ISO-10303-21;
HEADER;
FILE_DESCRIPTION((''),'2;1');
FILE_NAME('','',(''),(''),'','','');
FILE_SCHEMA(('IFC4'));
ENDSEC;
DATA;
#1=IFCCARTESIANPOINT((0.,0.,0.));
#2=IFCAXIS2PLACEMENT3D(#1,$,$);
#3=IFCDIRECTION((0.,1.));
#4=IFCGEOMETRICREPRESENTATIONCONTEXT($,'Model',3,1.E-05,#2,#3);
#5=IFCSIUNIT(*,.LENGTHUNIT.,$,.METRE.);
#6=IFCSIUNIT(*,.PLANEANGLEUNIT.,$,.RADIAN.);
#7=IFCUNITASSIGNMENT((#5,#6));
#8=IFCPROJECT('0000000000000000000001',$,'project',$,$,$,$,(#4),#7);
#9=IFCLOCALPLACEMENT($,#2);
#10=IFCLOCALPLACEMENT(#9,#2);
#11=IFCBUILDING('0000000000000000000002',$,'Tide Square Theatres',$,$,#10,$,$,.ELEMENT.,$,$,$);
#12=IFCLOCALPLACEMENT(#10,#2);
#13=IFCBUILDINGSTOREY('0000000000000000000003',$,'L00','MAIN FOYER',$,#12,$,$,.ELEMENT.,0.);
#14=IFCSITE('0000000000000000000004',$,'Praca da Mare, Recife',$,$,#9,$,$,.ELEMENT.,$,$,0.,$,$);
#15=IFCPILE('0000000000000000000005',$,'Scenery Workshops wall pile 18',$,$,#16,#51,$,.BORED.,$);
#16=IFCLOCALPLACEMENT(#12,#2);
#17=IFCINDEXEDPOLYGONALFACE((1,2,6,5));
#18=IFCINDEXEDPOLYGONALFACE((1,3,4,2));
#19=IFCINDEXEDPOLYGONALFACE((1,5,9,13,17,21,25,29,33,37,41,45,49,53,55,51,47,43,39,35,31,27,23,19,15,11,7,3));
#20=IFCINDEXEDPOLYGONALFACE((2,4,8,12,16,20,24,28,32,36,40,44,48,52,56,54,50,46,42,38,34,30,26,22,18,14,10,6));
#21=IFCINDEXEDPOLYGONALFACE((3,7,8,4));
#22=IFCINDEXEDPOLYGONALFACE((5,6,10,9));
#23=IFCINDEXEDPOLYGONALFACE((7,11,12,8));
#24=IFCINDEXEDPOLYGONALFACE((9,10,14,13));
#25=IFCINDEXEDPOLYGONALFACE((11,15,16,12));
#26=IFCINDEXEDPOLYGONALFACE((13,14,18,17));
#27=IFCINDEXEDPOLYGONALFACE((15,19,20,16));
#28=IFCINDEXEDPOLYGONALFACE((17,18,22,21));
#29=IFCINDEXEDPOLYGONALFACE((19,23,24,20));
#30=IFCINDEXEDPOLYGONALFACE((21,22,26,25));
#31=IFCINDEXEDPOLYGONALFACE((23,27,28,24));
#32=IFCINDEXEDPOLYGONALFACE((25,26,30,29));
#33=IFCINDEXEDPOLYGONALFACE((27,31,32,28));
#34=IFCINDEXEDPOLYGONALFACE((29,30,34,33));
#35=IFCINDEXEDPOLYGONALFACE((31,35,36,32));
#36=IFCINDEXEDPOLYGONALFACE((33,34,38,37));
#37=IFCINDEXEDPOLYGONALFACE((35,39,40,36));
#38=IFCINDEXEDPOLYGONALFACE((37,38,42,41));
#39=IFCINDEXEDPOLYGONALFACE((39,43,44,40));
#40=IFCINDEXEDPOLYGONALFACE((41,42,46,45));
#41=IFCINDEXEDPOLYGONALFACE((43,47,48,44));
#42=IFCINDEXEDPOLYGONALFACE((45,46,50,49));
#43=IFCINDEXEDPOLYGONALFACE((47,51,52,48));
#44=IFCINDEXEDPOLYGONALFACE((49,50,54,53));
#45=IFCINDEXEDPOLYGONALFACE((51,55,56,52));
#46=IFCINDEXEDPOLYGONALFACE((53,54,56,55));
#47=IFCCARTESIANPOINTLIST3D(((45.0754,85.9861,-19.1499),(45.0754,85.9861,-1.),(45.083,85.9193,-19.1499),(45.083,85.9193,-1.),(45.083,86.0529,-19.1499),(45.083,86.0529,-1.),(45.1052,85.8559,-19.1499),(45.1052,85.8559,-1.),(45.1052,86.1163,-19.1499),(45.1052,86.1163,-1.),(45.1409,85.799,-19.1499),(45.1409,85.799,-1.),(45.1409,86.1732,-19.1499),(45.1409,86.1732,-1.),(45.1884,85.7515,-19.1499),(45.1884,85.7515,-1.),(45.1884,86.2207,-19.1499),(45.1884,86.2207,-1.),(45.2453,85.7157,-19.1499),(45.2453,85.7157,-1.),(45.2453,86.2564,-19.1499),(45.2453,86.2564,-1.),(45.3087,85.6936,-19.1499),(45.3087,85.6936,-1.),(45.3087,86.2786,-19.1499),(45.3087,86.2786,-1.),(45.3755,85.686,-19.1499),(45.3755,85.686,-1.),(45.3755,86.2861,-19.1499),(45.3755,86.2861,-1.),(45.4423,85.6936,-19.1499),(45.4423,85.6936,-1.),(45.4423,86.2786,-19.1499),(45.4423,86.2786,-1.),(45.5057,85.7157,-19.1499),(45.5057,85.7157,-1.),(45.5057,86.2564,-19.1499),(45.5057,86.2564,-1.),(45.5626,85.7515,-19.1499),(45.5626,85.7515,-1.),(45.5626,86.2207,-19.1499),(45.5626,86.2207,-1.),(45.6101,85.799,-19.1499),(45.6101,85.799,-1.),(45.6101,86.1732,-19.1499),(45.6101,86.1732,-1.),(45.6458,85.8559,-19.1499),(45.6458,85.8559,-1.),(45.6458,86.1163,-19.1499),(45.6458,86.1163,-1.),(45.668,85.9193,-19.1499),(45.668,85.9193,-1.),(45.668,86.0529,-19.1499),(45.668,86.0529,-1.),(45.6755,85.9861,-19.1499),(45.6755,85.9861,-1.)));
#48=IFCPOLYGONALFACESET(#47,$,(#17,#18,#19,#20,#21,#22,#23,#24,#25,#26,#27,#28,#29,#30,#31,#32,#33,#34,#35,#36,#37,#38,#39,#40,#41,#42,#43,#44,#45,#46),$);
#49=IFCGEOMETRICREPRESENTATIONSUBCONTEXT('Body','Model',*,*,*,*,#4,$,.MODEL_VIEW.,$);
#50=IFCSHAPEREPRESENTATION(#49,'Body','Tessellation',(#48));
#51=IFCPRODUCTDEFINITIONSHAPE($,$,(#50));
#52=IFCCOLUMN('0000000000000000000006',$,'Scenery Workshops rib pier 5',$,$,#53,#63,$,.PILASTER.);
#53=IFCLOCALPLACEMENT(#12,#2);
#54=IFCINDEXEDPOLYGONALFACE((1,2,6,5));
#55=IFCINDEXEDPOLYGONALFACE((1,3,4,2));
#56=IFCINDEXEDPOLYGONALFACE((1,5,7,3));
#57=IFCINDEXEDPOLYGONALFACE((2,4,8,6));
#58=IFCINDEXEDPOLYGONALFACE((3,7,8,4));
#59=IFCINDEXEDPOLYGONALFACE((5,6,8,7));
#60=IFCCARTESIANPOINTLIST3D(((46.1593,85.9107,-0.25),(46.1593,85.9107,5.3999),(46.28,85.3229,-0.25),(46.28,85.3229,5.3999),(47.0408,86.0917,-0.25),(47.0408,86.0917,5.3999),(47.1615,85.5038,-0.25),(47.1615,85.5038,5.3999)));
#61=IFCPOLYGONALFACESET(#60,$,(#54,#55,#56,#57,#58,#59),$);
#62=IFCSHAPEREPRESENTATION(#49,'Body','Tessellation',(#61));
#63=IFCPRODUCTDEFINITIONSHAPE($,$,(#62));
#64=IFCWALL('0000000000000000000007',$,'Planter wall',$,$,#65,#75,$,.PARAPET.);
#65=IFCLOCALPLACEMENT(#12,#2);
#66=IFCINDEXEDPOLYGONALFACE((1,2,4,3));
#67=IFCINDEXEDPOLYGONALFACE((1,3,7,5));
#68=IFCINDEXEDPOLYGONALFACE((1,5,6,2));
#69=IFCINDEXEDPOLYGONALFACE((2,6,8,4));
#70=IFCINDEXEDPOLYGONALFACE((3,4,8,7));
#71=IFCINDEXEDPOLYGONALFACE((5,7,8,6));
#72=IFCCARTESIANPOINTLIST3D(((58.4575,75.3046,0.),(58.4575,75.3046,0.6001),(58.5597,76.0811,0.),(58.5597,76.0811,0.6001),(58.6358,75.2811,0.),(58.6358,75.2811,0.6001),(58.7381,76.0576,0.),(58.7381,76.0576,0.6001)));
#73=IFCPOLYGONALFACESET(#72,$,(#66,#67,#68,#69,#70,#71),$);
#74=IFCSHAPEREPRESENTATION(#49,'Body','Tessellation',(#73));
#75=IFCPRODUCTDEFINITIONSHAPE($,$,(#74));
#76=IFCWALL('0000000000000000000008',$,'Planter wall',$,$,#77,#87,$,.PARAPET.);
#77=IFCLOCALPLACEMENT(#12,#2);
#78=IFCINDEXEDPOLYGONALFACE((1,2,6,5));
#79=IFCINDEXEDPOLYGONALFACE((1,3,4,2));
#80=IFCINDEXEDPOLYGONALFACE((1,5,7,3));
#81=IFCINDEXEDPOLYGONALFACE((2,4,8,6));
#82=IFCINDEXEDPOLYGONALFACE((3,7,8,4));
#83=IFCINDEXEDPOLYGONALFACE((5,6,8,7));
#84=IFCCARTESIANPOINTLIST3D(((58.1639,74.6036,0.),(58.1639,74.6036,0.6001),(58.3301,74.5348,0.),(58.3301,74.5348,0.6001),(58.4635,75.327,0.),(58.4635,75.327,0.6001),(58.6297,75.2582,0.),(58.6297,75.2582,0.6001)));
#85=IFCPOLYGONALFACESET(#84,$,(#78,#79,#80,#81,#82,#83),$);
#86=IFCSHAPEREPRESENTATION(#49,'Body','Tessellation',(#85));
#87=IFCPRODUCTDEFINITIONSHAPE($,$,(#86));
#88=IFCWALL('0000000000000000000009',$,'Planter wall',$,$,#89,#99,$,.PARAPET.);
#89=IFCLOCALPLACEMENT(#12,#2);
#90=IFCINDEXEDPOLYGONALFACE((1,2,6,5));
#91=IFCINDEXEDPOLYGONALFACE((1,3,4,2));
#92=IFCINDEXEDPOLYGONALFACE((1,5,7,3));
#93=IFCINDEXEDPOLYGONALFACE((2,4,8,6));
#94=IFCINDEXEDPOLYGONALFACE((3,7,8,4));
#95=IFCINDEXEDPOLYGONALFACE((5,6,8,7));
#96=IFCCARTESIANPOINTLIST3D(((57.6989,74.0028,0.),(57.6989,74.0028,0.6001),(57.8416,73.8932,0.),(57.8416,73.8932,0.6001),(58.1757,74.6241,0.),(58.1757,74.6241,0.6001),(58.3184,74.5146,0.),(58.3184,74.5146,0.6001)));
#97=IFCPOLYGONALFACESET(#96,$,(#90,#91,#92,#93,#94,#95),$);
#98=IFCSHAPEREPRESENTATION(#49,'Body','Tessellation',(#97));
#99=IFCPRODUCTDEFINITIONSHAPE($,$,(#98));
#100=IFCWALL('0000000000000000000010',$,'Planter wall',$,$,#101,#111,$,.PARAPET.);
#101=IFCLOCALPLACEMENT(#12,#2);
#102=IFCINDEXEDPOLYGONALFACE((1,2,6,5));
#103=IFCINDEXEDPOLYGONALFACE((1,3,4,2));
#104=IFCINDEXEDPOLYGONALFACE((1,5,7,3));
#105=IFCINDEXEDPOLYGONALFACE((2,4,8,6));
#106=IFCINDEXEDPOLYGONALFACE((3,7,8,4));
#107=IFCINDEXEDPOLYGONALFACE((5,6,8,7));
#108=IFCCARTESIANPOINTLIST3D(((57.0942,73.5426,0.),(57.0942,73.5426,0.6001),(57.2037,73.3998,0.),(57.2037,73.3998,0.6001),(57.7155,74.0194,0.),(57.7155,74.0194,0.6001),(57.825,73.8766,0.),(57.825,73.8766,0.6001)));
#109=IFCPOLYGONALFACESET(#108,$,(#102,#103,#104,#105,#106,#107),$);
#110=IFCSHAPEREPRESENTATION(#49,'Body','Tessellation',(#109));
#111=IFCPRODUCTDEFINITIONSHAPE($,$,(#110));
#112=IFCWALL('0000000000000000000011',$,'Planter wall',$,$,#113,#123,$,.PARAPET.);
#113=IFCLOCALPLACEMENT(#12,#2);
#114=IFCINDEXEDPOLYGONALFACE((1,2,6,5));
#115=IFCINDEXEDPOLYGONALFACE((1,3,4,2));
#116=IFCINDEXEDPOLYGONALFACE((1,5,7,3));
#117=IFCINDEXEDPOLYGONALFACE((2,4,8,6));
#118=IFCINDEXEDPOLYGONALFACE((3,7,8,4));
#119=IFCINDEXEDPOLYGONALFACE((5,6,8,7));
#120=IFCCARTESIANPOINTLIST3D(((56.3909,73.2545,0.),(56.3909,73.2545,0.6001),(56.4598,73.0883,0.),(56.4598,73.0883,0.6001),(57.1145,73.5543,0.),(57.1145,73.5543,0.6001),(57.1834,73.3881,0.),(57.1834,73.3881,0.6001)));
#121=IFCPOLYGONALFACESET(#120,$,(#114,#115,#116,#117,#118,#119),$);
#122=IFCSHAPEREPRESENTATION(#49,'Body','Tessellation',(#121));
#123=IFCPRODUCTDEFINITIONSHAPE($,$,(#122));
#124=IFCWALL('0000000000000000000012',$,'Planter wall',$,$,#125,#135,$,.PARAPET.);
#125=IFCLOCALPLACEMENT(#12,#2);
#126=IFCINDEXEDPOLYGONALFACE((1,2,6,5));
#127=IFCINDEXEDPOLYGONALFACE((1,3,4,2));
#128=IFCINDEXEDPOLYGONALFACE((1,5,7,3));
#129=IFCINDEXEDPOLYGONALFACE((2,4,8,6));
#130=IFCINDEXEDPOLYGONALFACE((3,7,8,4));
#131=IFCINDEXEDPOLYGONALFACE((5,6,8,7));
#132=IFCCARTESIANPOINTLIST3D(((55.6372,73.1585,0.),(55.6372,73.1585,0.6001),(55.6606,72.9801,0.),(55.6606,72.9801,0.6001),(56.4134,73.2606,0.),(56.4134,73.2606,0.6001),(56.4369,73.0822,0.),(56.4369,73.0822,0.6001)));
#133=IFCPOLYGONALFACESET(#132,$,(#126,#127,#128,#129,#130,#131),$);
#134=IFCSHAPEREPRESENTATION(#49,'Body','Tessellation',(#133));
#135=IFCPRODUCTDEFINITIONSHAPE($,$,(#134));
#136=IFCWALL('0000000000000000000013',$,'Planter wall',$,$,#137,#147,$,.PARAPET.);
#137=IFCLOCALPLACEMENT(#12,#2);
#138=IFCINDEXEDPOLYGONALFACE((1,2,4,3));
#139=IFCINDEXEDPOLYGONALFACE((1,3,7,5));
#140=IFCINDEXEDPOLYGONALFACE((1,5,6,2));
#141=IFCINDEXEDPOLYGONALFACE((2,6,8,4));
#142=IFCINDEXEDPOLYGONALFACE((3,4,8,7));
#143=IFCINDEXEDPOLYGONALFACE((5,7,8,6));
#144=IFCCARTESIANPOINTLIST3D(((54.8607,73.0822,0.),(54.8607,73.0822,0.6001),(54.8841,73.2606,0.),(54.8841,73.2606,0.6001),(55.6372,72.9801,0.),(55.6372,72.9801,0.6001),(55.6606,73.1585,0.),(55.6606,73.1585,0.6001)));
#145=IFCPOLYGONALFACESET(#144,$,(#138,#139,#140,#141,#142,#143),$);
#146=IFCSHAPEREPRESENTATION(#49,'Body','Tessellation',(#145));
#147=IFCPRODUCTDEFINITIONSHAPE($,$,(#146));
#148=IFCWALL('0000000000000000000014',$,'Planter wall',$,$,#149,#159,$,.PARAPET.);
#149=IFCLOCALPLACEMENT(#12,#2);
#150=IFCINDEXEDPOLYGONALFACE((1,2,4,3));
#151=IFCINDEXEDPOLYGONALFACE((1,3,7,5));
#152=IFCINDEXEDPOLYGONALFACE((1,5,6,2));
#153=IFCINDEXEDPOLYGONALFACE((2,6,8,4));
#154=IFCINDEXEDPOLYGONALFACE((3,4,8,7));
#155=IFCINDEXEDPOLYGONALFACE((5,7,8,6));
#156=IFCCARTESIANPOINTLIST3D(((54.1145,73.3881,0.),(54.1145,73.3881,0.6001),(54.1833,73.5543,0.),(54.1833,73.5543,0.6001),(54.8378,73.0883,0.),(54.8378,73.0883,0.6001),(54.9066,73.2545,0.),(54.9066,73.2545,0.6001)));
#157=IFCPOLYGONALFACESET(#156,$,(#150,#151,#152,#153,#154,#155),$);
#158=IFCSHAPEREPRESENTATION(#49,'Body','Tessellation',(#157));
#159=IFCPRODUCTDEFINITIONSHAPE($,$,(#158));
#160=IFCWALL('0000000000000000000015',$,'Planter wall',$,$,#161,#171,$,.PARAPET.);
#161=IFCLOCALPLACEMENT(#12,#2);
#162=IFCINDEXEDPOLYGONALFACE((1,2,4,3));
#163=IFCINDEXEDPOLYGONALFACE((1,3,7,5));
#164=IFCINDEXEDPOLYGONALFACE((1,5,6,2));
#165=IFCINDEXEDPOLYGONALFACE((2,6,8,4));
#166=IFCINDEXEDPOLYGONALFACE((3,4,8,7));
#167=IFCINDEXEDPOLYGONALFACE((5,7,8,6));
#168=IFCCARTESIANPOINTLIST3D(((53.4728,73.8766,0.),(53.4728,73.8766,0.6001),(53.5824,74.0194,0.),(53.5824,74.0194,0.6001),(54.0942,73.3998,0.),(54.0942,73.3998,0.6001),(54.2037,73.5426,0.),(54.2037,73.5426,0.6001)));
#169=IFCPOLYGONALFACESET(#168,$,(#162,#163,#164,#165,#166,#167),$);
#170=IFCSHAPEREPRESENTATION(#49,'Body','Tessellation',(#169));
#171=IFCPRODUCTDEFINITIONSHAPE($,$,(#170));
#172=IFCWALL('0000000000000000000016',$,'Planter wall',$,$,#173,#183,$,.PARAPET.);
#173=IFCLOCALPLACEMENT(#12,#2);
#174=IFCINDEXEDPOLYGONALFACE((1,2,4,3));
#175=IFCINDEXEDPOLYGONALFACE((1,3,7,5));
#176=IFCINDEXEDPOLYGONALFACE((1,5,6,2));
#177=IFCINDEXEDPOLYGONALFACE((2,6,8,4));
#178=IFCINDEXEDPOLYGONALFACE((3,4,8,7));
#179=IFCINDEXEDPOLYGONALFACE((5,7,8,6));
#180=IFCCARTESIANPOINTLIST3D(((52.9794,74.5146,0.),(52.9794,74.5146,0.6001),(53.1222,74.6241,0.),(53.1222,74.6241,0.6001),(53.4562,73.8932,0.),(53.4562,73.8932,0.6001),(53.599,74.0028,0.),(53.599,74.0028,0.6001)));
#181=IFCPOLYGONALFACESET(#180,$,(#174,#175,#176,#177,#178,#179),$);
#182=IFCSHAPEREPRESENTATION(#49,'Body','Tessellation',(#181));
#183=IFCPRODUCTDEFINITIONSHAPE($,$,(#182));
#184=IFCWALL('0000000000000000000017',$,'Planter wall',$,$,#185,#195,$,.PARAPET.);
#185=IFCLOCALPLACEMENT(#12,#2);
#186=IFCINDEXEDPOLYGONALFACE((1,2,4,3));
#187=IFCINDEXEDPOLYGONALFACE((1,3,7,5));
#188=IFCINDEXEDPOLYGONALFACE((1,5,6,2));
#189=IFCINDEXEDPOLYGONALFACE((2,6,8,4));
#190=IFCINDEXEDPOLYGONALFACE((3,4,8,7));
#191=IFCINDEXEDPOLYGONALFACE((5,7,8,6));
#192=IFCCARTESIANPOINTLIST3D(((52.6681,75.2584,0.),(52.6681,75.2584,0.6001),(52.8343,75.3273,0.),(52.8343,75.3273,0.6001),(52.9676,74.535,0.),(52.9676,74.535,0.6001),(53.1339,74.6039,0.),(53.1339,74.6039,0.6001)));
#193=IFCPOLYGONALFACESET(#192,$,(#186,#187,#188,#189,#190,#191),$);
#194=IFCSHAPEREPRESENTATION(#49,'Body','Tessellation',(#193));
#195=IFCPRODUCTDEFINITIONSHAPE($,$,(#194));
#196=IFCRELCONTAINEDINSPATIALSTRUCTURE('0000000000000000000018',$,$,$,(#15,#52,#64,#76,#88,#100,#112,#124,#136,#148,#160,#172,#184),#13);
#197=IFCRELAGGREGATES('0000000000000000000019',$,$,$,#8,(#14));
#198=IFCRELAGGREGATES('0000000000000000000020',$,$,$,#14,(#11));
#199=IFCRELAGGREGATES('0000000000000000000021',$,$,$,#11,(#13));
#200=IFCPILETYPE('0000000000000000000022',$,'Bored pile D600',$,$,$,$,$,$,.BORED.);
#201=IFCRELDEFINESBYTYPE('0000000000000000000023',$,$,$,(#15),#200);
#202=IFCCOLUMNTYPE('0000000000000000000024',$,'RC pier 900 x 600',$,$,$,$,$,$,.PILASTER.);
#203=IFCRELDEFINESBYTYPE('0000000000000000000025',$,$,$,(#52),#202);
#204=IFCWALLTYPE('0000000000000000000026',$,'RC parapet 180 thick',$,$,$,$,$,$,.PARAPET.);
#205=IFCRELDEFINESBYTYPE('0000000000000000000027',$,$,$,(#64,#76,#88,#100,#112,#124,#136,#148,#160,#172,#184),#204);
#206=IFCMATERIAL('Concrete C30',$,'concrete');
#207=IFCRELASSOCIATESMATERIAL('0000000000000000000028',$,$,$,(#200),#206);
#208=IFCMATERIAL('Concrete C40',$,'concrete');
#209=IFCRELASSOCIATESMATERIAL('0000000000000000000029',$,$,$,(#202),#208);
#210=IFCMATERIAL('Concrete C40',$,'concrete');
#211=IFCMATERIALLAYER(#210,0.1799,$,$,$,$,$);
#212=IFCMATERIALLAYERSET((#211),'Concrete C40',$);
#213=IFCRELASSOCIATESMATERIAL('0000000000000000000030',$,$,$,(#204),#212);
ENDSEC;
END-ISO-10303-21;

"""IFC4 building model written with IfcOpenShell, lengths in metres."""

from ifc_helpers import new_model, si_unit, direction, frame, frame_2d, origin, origin_2d, place, context, subcontext, project, spatial, rectangle, circle, extrude, material, layer, layer_set, material_profile, profile_set, type_object, element, save


model = new_model("IFC4")

# Units and contexts
model_context = context("Model", 3, precision=1e-05, world=origin(), true_north=direction((0.0, 1.0)))
body_context = subcontext(model_context, "Body", "Model", "MODEL_VIEW")
ifc_project = project(units=[si_unit("LENGTHUNIT", "METRE"), si_unit("PLANEANGLEUNIT", "RADIAN")], contexts=[model_context])

# Site, building, storey
site_placement = place(None, origin())
site = spatial("IfcSite", under=ifc_project, at=site_placement, Name="Praca da Mare, Recife", CompositionType="ELEMENT", RefElevation=0.0)
building_placement = place(site_placement, origin())
building = spatial("IfcBuilding", under=site, at=building_placement, Name="Tide Square Theatres", CompositionType="ELEMENT")
storey_placement = place(building_placement, origin())
storey = spatial("IfcBuildingStorey", under=building, at=storey_placement, Name="L00", Description="MAIN FOYER", CompositionType="ELEMENT", Elevation=0.0)

# Pile
ifc_material_1 = material(Name="Concrete C30", Category="concrete")
ifc_material_profile_1 = material_profile(ifc_material_1, circle(Radius=0.3, at=origin_2d()))
ifc_profile_set_1 = profile_set([ifc_material_profile_1], Name="Concrete C30")
pile_type = type_object("IfcPileType", Name="Bored pile D600", PredefinedType="BORED", material=ifc_profile_set_1)
pile_placement = place(storey_placement, frame((45.3755, 85.9861, -1.0), z_axis=(0.0, 0.0, -1.0), x_axis=(1.0, 0.0, 0.0)))
element("IfcPile", 1, at=pile_placement, inside=storey, type_object=pile_type, Name="Scenery Workshops wall pile 18", PredefinedType="BORED", context=body_context, shape_type="SweptSolid", body=[
    extrude(circle(Radius=0.3, at=origin_2d()), origin(), (0.0, 0.0, 1.0), 18.1499),
])

# Column
ifc_material_2 = material(Name="Concrete C40", Category="concrete")
ifc_material_profile_2 = material_profile(ifc_material_2, rectangle(XDim=0.8999, YDim=0.6001, at=origin_2d()))
ifc_profile_set_2 = profile_set([ifc_material_profile_2], Name="Concrete C40")
column_type = type_object("IfcColumnType", Name="RC pier 900 x 600", PredefinedType="PILASTER", material=ifc_profile_set_2)
column_placement = place(storey_placement, frame((46.6604, 85.7073, -0.25), z_axis=(0.0, 0.0, 1.0), x_axis=(0.979575, 0.201079, 0.0)))
element("IfcColumn", 2, at=column_placement, inside=storey, type_object=column_type, Name="Scenery Workshops rib pier 5", PredefinedType="PILASTER", context=body_context, shape_type="SweptSolid", body=[
    extrude(rectangle(XDim=0.8999, YDim=0.6001, at=origin_2d()), origin(), (0.0, 0.0, 1.0), 5.6499),
])

# Walls
ifc_material_3 = material(Name="Concrete C40", Category="concrete")
ifc_layer = layer(ifc_material_3, 0.1799)
ifc_layer_set = layer_set([ifc_layer], Name="Concrete C40")
wall_type = type_object("IfcWallType", Name="RC parapet 180 thick", PredefinedType="PARAPET", material=ifc_layer_set)
wall_1_placement = place(storey_placement, frame((58.6489, 76.0693, 0.0), z_axis=(0.0, 0.0, 1.0), x_axis=(-0.130592, -0.991436, 0.0)))
element("IfcWall", 3, at=wall_1_placement, inside=storey, type_object=wall_type, Name="Planter wall", PredefinedType="PARAPET", context=body_context, shape_type="SweptSolid", body=[
    extrude(rectangle(XDim=0.7832, YDim=0.1799, at=frame_2d((0.3916, 0.0))), origin(), (0.0, 0.0, 1.0), 0.6001),
])
wall_2_placement = place(storey_placement, frame((58.5466, 75.2927, 0.0), z_axis=(0.0, 0.0, 1.0), x_axis=(-0.3826, -0.923914, 0.0)))
element("IfcWall", 4, at=wall_2_placement, inside=storey, type_object=wall_type, Name="Planter wall", PredefinedType="PARAPET", context=body_context, shape_type="SweptSolid", body=[
    extrude(rectangle(XDim=0.783, YDim=0.1799, at=frame_2d((0.3916, 0.0))), origin(), (0.0, 0.0, 1.0), 0.6001),
])
for number, where, z_axis, x_axis, name in (
    (5, (58.2471, 74.5693, 0.0), (0.0, 0.0, 1.0), (-0.608791, -0.79333, 0.0), "Planter wall"),
    (6, (57.7703, 73.948, 0.0), (0.0, 0.0, 1.0), (-0.79333, -0.608791, 0.0), "Planter wall"),
    (7, (57.1489, 73.4712, 0.0), (0.0, 0.0, 1.0), (-0.92385, -0.382756, 0.0), "Planter wall"),
):
    element("IfcWall", number, at=place(storey_placement, frame(where, z_axis=z_axis, x_axis=x_axis)), inside=storey, type_object=wall_type, Name=name, PredefinedType="PARAPET", context=body_context, shape_type="SweptSolid", body=[
        extrude(rectangle(XDim=0.7832, YDim=0.1799, at=frame_2d((0.3916, 0.0))), origin(), (0.0, 0.0, 1.0), 0.6001),
    ])
wall_3_placement = place(storey_placement, frame((56.4253, 73.1714, 0.0), z_axis=(0.0, 0.0, 1.0), x_axis=(-0.991471, -0.130325, 0.0)))
element("IfcWall", 8, at=wall_3_placement, inside=storey, type_object=wall_type, Name="Planter wall", PredefinedType="PARAPET", context=body_context, shape_type="SweptSolid", body=[
    extrude(rectangle(XDim=0.783, YDim=0.1799, at=frame_2d((0.3916, 0.0))), origin(), (0.0, 0.0, 1.0), 0.6001),
])
wall_4_placement = place(storey_placement, frame((55.6489, 73.0693, 0.0), z_axis=(0.0, 0.0, 1.0), x_axis=(-0.991477, 0.130285, 0.0)))
element("IfcWall", 9, at=wall_4_placement, inside=storey, type_object=wall_type, Name="Planter wall", PredefinedType="PARAPET", context=body_context, shape_type="SweptSolid", body=[
    extrude(rectangle(XDim=0.7832, YDim=0.1799, at=frame_2d((0.3916, 0.0))), origin(), (0.0, 0.0, 1.0), 0.6001),
])
wall_5_placement = place(storey_placement, frame((54.8723, 73.1714, 0.0), z_axis=(0.0, 0.0, 1.0), x_axis=(-0.923804, 0.382866, 0.0)))
element("IfcWall", 10, at=wall_5_placement, inside=storey, type_object=wall_type, Name="Planter wall", PredefinedType="PARAPET", context=body_context, shape_type="SweptSolid", body=[
    extrude(rectangle(XDim=0.783, YDim=0.1799, at=frame_2d((0.3916, 0.0))), origin(), (0.0, 0.0, 1.0), 0.6001),
])
for number, where, z_axis, x_axis, name in (
    (11, (54.1489, 73.4712, 0.0), (0.0, 0.0, 1.0), (-0.79333, 0.608791, 0.0), "Planter wall"),
    (12, (53.5276, 73.948, 0.0), (0.0, 0.0, 1.0), (-0.608791, 0.79333, 0.0), "Planter wall"),
):
    element("IfcWall", number, at=place(storey_placement, frame(where, z_axis=z_axis, x_axis=x_axis)), inside=storey, type_object=wall_type, Name=name, PredefinedType="PARAPET", context=body_context, shape_type="SweptSolid", body=[
        extrude(rectangle(XDim=0.7832, YDim=0.1799, at=frame_2d((0.3916, 0.0))), origin(), (0.0, 0.0, 1.0), 0.6001),
    ])
wall_6_placement = place(storey_placement, frame((53.0508, 74.5693, 0.0), z_axis=(0.0, 0.0, 1.0), x_axis=(-0.3826, 0.923914, 0.0)))
element("IfcWall", 13, at=wall_6_placement, inside=storey, type_object=wall_type, Name="Planter wall", PredefinedType="PARAPET", context=body_context, shape_type="SweptSolid", body=[
    extrude(rectangle(XDim=0.783, YDim=0.1799, at=frame_2d((0.3916, 0.0))), origin(), (0.0, 0.0, 1.0), 0.6001),
])

save(model, "model.ifc")
